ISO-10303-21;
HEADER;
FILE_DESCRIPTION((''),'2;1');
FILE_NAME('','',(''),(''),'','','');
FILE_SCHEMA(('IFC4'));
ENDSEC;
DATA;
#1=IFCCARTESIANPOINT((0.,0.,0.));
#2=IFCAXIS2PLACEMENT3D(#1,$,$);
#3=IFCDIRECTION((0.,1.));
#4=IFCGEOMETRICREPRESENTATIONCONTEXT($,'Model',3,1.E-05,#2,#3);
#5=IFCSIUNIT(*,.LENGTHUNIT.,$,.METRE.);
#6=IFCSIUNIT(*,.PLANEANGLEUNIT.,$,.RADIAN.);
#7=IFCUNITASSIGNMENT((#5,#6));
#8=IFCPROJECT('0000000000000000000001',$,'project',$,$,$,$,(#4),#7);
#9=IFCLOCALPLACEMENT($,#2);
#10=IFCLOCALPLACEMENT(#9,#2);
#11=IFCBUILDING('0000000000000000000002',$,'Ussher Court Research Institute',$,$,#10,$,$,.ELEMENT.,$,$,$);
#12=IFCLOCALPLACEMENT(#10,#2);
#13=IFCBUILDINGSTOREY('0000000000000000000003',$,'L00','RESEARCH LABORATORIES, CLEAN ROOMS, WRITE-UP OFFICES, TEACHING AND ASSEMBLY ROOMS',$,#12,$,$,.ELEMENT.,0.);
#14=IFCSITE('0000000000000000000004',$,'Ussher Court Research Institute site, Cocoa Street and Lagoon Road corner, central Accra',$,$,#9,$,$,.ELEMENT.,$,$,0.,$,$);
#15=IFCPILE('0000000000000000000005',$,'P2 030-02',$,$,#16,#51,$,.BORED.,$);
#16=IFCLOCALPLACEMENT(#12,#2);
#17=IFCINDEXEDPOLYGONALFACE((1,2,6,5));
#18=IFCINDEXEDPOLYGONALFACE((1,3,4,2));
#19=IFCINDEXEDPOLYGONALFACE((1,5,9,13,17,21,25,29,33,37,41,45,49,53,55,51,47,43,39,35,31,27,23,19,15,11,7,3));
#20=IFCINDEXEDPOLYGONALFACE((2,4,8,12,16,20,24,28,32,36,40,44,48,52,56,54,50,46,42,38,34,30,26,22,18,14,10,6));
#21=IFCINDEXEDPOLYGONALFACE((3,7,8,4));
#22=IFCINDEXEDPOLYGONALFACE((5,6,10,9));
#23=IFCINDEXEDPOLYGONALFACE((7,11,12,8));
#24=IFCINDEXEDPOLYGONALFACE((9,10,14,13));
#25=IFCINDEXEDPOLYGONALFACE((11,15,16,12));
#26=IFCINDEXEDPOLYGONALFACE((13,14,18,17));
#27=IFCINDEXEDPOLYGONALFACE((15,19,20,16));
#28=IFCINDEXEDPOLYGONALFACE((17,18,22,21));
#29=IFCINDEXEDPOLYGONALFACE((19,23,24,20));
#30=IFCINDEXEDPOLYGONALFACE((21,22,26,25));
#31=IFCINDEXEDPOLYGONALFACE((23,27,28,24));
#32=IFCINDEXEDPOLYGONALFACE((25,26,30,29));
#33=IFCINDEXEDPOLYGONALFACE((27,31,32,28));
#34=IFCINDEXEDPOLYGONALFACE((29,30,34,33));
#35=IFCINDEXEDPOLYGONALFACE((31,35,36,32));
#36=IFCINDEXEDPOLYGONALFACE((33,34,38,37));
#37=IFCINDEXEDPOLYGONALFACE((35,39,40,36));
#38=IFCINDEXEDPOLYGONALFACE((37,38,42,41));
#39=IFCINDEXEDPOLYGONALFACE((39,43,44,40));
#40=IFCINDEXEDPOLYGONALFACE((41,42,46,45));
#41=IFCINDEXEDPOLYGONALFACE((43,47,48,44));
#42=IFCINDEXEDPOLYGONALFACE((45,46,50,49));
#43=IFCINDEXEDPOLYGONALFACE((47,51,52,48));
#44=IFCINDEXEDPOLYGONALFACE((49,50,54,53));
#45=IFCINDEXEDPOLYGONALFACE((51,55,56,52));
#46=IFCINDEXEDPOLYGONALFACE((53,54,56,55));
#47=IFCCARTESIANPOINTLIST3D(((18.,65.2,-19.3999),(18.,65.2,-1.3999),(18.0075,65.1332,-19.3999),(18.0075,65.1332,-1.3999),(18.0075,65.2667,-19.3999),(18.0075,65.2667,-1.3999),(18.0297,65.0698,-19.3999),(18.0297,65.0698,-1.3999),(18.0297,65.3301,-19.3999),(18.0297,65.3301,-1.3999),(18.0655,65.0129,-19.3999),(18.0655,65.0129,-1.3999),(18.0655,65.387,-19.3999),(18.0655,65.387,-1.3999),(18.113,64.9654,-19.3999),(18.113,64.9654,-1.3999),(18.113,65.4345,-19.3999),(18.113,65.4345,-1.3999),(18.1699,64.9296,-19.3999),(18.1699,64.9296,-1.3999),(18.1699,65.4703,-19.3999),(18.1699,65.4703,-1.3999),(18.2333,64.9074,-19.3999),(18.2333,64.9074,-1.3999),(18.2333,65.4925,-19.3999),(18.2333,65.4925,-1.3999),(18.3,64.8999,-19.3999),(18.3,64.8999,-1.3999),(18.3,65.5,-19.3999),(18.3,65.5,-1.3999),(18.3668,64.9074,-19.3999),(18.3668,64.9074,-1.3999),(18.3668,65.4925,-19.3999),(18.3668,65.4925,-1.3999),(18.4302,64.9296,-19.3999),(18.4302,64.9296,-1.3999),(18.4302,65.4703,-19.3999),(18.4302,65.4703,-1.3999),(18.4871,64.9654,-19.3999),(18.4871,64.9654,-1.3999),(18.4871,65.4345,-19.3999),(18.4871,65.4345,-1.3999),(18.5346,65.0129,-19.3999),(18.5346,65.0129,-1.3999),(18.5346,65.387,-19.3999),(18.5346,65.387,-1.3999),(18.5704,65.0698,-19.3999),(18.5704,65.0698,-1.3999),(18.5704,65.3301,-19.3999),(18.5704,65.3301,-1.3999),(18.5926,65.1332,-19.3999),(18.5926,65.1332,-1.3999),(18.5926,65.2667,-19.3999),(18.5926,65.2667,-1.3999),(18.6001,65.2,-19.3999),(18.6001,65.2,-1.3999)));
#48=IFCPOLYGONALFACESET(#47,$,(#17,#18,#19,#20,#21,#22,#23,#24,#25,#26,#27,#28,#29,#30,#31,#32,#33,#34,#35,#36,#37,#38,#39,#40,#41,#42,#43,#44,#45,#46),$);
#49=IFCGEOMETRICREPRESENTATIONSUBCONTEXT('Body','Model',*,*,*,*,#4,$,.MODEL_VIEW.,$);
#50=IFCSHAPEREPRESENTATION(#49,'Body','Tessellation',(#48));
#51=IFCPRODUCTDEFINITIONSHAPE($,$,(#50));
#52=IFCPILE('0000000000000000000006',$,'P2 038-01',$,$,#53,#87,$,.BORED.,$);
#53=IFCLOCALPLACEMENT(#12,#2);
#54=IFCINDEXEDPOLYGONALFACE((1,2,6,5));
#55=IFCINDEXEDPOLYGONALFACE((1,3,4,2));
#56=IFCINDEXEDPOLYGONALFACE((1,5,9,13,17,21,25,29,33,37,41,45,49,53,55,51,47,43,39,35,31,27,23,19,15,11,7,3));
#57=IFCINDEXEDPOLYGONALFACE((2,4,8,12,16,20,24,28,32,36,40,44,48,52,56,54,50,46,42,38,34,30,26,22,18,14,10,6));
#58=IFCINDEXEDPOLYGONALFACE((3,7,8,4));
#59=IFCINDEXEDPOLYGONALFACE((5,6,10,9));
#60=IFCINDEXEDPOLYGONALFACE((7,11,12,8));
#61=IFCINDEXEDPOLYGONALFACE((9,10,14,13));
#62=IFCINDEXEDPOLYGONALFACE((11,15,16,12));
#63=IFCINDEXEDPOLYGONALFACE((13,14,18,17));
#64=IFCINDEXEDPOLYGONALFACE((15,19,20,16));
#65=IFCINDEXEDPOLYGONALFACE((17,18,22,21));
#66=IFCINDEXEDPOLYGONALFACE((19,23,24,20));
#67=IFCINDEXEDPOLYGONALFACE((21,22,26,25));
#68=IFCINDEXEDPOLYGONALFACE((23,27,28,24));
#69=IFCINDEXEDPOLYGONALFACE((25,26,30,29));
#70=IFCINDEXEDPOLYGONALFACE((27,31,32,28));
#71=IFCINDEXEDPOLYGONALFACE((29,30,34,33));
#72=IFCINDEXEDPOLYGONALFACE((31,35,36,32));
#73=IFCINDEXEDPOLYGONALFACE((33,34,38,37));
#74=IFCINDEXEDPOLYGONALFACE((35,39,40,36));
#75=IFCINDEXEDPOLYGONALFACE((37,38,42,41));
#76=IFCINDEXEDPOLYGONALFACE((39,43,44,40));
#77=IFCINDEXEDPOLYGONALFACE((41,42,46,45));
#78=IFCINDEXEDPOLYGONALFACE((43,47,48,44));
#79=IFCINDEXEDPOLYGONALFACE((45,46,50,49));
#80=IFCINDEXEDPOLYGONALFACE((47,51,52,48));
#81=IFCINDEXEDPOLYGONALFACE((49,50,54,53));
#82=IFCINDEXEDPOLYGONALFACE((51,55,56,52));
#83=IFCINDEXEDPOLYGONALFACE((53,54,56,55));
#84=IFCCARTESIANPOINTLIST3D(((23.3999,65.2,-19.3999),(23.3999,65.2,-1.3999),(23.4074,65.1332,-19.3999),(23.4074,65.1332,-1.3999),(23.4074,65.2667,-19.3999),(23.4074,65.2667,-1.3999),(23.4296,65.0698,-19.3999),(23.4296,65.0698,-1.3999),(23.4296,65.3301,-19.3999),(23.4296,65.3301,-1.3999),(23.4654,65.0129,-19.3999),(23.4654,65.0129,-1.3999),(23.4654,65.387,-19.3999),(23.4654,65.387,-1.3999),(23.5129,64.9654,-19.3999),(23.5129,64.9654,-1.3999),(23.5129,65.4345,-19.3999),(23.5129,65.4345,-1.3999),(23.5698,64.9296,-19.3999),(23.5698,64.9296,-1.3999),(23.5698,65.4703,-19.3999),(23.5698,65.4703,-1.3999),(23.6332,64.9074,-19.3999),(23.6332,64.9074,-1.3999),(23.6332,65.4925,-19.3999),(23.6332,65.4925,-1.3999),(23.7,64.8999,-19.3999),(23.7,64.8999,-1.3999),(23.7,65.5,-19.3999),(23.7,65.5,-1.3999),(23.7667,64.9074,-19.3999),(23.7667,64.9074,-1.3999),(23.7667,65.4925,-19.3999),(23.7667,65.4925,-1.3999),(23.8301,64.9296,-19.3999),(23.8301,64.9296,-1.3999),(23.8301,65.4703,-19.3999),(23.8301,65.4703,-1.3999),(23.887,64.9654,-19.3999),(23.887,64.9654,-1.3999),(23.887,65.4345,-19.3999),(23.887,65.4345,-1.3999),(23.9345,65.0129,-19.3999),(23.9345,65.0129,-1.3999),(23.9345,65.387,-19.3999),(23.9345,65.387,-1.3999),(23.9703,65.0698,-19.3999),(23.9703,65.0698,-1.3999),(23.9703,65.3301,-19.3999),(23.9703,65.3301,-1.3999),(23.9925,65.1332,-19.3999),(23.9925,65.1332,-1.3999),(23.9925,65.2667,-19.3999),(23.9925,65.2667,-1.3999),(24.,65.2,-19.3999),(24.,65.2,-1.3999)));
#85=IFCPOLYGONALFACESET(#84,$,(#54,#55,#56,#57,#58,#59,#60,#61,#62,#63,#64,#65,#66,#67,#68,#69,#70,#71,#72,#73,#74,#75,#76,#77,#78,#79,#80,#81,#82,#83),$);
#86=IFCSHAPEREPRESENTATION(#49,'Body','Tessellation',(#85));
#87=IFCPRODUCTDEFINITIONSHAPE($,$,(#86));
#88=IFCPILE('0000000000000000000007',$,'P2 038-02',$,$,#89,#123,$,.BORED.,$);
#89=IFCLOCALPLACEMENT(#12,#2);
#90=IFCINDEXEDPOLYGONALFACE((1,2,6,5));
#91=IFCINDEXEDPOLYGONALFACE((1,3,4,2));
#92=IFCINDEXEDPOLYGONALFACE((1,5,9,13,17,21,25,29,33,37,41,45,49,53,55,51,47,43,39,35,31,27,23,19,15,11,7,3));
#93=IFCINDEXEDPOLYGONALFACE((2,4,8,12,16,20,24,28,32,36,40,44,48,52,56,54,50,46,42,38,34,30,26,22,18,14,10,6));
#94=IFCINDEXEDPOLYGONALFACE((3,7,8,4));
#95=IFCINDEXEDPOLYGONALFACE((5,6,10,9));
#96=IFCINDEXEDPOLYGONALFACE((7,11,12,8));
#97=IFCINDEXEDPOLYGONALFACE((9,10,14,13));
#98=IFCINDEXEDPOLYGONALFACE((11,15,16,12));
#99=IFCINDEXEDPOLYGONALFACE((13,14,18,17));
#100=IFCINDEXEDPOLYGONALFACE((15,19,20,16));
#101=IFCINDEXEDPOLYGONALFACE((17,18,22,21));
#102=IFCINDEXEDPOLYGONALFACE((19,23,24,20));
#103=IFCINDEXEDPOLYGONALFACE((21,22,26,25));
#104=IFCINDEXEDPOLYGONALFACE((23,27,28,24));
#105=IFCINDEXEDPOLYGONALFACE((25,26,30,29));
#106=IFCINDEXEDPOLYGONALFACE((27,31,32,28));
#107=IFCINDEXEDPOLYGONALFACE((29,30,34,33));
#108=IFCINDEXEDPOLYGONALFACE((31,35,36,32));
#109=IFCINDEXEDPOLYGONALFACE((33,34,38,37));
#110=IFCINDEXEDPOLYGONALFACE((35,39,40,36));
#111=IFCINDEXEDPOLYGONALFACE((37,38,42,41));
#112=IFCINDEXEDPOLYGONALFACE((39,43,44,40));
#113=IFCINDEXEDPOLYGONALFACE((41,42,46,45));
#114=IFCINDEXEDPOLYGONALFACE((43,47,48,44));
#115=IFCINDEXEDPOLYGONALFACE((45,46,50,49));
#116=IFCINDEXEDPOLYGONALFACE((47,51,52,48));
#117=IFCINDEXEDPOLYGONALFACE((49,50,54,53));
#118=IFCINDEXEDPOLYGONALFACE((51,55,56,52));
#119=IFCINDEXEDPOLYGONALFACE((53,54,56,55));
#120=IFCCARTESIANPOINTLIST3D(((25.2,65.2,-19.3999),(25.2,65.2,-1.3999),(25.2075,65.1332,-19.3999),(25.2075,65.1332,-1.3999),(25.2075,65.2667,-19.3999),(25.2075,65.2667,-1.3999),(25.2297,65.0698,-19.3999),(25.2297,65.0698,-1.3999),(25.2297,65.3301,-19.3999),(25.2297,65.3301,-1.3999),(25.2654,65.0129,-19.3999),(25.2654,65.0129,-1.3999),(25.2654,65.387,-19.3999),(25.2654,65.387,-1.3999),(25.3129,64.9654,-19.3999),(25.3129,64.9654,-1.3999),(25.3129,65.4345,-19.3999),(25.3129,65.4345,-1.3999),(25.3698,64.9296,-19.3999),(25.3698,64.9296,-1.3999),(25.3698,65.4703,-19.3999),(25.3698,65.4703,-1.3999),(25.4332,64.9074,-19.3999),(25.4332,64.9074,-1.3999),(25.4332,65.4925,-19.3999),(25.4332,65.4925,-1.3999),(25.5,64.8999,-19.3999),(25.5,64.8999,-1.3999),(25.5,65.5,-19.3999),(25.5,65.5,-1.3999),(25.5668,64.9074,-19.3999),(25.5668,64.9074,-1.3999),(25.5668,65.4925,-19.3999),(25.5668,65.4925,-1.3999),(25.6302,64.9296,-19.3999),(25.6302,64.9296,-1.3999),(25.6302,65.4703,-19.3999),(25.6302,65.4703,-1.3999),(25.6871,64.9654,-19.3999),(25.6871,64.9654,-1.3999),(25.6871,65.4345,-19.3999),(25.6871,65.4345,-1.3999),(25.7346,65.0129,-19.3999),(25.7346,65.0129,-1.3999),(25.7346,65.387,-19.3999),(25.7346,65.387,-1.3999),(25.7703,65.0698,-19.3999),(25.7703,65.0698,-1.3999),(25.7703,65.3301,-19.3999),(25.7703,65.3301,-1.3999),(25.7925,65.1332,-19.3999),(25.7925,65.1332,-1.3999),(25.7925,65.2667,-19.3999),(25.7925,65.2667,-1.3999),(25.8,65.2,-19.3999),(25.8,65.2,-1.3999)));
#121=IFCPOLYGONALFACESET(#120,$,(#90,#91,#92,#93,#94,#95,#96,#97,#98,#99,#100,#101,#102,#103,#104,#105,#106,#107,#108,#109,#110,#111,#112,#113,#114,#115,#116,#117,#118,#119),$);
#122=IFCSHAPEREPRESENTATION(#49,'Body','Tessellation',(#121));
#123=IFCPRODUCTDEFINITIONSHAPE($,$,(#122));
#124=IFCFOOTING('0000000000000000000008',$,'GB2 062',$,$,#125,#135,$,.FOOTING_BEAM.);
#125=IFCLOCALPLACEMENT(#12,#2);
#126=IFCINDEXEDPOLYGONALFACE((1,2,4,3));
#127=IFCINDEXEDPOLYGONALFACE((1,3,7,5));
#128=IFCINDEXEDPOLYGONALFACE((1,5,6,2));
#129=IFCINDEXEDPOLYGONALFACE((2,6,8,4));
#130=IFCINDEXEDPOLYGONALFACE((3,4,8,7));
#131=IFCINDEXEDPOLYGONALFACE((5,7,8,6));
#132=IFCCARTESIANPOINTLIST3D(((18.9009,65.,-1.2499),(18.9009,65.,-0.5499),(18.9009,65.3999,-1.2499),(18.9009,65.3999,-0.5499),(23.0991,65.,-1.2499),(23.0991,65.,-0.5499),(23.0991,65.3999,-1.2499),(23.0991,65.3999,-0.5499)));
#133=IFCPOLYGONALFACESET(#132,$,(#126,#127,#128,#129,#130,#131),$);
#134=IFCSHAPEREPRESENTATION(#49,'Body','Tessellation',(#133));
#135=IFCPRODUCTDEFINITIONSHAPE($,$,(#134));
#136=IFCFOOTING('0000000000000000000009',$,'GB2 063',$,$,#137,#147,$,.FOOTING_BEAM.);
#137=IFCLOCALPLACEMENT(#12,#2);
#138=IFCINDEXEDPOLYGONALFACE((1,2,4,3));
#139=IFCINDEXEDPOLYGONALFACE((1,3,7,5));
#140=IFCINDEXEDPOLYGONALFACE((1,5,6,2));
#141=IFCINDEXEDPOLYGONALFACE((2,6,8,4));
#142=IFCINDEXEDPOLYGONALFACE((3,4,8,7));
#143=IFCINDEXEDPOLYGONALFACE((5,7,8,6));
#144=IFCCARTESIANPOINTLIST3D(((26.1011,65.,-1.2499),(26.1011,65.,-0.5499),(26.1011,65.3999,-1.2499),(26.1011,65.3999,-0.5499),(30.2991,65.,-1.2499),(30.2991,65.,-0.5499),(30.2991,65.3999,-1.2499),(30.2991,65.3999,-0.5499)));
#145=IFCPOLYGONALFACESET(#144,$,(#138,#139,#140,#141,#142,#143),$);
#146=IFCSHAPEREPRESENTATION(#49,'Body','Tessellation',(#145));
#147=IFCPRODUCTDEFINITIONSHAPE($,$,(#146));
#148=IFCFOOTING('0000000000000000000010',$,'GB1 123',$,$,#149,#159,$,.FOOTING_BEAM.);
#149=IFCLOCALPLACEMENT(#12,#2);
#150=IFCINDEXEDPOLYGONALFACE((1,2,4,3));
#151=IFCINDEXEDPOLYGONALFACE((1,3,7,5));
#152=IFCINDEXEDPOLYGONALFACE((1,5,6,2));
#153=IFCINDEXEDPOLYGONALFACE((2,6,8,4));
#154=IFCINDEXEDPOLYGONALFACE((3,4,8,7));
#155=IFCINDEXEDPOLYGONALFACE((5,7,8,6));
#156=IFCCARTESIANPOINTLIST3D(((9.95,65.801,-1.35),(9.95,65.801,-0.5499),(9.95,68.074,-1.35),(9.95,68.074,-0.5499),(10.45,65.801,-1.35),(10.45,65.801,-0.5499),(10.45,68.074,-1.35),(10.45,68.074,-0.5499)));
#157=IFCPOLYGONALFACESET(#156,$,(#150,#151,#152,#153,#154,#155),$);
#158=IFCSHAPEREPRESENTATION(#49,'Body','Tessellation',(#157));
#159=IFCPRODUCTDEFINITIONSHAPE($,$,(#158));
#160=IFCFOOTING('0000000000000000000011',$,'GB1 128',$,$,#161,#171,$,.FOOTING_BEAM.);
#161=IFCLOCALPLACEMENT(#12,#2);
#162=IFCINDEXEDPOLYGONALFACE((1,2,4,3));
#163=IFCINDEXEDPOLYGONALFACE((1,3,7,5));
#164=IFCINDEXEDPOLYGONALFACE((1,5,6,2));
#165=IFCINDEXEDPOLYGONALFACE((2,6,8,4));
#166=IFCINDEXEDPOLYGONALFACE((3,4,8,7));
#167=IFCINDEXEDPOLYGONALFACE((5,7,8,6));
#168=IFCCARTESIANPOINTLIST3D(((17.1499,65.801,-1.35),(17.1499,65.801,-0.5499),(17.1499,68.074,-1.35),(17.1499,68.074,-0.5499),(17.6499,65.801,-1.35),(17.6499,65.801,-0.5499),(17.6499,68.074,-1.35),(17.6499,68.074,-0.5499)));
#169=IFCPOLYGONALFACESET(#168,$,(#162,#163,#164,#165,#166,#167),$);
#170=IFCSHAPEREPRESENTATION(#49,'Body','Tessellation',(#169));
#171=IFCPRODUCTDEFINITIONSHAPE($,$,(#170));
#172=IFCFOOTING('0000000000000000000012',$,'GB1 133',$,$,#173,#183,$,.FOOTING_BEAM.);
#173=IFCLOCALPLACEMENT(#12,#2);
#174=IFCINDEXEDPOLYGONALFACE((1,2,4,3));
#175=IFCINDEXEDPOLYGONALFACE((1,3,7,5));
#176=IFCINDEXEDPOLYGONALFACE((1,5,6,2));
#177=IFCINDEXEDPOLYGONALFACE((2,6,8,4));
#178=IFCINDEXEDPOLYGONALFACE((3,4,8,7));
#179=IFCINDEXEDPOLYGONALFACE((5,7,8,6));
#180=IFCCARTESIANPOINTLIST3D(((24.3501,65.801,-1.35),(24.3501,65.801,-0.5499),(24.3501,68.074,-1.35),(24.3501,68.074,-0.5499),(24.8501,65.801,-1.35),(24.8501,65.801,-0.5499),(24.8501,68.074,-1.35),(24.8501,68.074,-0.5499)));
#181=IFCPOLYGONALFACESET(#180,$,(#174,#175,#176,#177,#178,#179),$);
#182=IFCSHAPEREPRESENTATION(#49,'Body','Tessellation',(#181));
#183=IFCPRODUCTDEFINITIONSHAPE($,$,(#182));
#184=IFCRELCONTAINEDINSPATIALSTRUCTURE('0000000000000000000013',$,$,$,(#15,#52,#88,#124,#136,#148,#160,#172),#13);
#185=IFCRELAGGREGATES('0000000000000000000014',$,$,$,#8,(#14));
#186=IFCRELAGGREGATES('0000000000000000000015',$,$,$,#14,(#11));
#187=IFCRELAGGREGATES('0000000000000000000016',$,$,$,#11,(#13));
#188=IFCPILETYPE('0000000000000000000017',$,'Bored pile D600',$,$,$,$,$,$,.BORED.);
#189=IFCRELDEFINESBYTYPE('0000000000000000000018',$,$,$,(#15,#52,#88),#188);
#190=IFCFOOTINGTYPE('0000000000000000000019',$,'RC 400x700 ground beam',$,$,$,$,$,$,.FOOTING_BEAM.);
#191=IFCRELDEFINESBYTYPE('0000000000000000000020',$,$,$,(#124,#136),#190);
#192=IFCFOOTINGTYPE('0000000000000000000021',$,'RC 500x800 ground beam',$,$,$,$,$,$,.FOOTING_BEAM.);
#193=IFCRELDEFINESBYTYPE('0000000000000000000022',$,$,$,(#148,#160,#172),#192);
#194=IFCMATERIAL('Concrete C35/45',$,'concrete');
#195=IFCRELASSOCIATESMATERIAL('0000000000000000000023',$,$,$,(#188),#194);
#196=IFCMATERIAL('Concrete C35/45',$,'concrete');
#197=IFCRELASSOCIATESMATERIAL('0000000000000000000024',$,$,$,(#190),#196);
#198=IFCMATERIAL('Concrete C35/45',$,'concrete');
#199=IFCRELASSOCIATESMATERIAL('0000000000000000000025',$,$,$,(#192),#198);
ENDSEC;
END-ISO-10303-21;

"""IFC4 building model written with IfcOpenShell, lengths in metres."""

from ifc_helpers import new_model, si_unit, direction, frame, origin, origin_2d, place, context, subcontext, project, spatial, rectangle, circle, extrude, material, material_profile, profile_set, type_object, element, save


model = new_model("IFC4")

# Units and contexts
model_context = context("Model", 3, precision=1e-05, world=origin(), true_north=direction((0.0, 1.0)))
body_context = subcontext(model_context, "Body", "Model", "MODEL_VIEW")
ifc_project = project(units=[si_unit("LENGTHUNIT", "METRE"), si_unit("PLANEANGLEUNIT", "RADIAN")], contexts=[model_context])

# Site, building, storey
site_placement = place(None, origin())
site = spatial("IfcSite", under=ifc_project, at=site_placement, Name="Ussher Court Research Institute site, Cocoa Street and Lagoon Road corner, central Accra", CompositionType="ELEMENT", RefElevation=0.0)
building_placement = place(site_placement, origin())
building = spatial("IfcBuilding", under=site, at=building_placement, Name="Ussher Court Research Institute", CompositionType="ELEMENT")
storey_placement = place(building_placement, origin())
storey = spatial("IfcBuildingStorey", under=building, at=storey_placement, Name="L00", Description="RESEARCH LABORATORIES, CLEAN ROOMS, WRITE-UP OFFICES, TEACHING AND ASSEMBLY ROOMS", CompositionType="ELEMENT", Elevation=0.0)

# Piles
ifc_material_1 = material(Name="Concrete C35/45", Category="concrete")
ifc_material_profile_1 = material_profile(ifc_material_1, circle(Radius=0.3, at=origin_2d()), Name="RC D600")
ifc_profile_set_1 = profile_set([ifc_material_profile_1], Name="Concrete C35/45")
pile_type = type_object("IfcPileType", Name="Bored pile D600", PredefinedType="BORED", material=ifc_profile_set_1)
for number, where, z_axis, x_axis, name in (
    (1, (18.3, 65.2, -1.3999), (0.0, 0.0, -1.0), (1.0, 0.0, 0.0), "P2 030-02"),
    (2, (23.7, 65.2, -1.3999), (0.0, 0.0, -1.0), (1.0, 0.0, 0.0), "P2 038-01"),
    (3, (25.5, 65.2, -1.3999), (0.0, 0.0, -1.0), (1.0, 0.0, 0.0), "P2 038-02"),
):
    element("IfcPile", number, at=place(storey_placement, frame(where, z_axis=z_axis, x_axis=x_axis)), inside=storey, type_object=pile_type, Name=name, PredefinedType="BORED", context=body_context, shape_type="SweptSolid", body=[
        extrude(circle(Radius=0.3, at=origin_2d()), origin(), (0.0, 0.0, 1.0), 18.0),
    ])

# Footings
ifc_material_2 = material(Name="Concrete C35/45", Category="concrete")
ifc_material_profile_2 = material_profile(ifc_material_2, rectangle(XDim=0.3999, YDim=0.7, at=origin_2d()), Name="RC 400x700")
ifc_profile_set_2 = profile_set([ifc_material_profile_2], Name="Concrete C35/45")
footing_type_1 = type_object("IfcFootingType", Name="RC 400x700 ground beam", PredefinedType="FOOTING_BEAM", material=ifc_profile_set_2)
footing_1_placement = place(storey_placement, frame((18.9009, 65.2, -0.8999), z_axis=(1.0, 0.0, 0.0), x_axis=(0.0, 1.0, 0.0)))
element("IfcFooting", 4, at=footing_1_placement, inside=storey, type_object=footing_type_1, Name="GB2 062", PredefinedType="FOOTING_BEAM", context=body_context, shape_type="SweptSolid", body=[
    extrude(rectangle(XDim=0.3999, YDim=0.7, at=origin_2d()), origin(), (0.0, 0.0, 1.0), 4.1982),
])
footing_2_placement = place(storey_placement, frame((26.1011, 65.2, -0.8999), z_axis=(1.0, 0.0, 0.0), x_axis=(0.0, 1.0, 0.0)))
element("IfcFooting", 5, at=footing_2_placement, inside=storey, type_object=footing_type_1, Name="GB2 063", PredefinedType="FOOTING_BEAM", context=body_context, shape_type="SweptSolid", body=[
    extrude(rectangle(XDim=0.3999, YDim=0.7, at=origin_2d()), origin(), (0.0, 0.0, 1.0), 4.198),
])
ifc_material_3 = material(Name="Concrete C35/45", Category="concrete")
ifc_material_profile_3 = material_profile(ifc_material_3, rectangle(XDim=0.5, YDim=0.8, at=origin_2d()), Name="RC 500x800")
ifc_profile_set_3 = profile_set([ifc_material_profile_3], Name="Concrete C35/45")
footing_type_2 = type_object("IfcFootingType", Name="RC 500x800 ground beam", PredefinedType="FOOTING_BEAM", material=ifc_profile_set_3)
for number, where, z_axis, x_axis, name in (
    (6, (10.2, 65.801, -0.95), (0.0, 1.0, 0.0), (-1.0, 0.0, 0.0), "GB1 123"),
    (7, (17.3999, 65.801, -0.95), (0.0, 1.0, 0.0), (-1.0, 0.0, 0.0), "GB1 128"),
    (8, (24.6001, 65.801, -0.95), (0.0, 1.0, 0.0), (-1.0, 0.0, 0.0), "GB1 133"),
):
    element("IfcFooting", number, at=place(storey_placement, frame(where, z_axis=z_axis, x_axis=x_axis)), inside=storey, type_object=footing_type_2, Name=name, PredefinedType="FOOTING_BEAM", context=body_context, shape_type="SweptSolid", body=[
        extrude(rectangle(XDim=0.5, YDim=0.8, at=origin_2d()), origin(), (0.0, 0.0, 1.0), 2.2729),
    ])

save(model, "model.ifc")
